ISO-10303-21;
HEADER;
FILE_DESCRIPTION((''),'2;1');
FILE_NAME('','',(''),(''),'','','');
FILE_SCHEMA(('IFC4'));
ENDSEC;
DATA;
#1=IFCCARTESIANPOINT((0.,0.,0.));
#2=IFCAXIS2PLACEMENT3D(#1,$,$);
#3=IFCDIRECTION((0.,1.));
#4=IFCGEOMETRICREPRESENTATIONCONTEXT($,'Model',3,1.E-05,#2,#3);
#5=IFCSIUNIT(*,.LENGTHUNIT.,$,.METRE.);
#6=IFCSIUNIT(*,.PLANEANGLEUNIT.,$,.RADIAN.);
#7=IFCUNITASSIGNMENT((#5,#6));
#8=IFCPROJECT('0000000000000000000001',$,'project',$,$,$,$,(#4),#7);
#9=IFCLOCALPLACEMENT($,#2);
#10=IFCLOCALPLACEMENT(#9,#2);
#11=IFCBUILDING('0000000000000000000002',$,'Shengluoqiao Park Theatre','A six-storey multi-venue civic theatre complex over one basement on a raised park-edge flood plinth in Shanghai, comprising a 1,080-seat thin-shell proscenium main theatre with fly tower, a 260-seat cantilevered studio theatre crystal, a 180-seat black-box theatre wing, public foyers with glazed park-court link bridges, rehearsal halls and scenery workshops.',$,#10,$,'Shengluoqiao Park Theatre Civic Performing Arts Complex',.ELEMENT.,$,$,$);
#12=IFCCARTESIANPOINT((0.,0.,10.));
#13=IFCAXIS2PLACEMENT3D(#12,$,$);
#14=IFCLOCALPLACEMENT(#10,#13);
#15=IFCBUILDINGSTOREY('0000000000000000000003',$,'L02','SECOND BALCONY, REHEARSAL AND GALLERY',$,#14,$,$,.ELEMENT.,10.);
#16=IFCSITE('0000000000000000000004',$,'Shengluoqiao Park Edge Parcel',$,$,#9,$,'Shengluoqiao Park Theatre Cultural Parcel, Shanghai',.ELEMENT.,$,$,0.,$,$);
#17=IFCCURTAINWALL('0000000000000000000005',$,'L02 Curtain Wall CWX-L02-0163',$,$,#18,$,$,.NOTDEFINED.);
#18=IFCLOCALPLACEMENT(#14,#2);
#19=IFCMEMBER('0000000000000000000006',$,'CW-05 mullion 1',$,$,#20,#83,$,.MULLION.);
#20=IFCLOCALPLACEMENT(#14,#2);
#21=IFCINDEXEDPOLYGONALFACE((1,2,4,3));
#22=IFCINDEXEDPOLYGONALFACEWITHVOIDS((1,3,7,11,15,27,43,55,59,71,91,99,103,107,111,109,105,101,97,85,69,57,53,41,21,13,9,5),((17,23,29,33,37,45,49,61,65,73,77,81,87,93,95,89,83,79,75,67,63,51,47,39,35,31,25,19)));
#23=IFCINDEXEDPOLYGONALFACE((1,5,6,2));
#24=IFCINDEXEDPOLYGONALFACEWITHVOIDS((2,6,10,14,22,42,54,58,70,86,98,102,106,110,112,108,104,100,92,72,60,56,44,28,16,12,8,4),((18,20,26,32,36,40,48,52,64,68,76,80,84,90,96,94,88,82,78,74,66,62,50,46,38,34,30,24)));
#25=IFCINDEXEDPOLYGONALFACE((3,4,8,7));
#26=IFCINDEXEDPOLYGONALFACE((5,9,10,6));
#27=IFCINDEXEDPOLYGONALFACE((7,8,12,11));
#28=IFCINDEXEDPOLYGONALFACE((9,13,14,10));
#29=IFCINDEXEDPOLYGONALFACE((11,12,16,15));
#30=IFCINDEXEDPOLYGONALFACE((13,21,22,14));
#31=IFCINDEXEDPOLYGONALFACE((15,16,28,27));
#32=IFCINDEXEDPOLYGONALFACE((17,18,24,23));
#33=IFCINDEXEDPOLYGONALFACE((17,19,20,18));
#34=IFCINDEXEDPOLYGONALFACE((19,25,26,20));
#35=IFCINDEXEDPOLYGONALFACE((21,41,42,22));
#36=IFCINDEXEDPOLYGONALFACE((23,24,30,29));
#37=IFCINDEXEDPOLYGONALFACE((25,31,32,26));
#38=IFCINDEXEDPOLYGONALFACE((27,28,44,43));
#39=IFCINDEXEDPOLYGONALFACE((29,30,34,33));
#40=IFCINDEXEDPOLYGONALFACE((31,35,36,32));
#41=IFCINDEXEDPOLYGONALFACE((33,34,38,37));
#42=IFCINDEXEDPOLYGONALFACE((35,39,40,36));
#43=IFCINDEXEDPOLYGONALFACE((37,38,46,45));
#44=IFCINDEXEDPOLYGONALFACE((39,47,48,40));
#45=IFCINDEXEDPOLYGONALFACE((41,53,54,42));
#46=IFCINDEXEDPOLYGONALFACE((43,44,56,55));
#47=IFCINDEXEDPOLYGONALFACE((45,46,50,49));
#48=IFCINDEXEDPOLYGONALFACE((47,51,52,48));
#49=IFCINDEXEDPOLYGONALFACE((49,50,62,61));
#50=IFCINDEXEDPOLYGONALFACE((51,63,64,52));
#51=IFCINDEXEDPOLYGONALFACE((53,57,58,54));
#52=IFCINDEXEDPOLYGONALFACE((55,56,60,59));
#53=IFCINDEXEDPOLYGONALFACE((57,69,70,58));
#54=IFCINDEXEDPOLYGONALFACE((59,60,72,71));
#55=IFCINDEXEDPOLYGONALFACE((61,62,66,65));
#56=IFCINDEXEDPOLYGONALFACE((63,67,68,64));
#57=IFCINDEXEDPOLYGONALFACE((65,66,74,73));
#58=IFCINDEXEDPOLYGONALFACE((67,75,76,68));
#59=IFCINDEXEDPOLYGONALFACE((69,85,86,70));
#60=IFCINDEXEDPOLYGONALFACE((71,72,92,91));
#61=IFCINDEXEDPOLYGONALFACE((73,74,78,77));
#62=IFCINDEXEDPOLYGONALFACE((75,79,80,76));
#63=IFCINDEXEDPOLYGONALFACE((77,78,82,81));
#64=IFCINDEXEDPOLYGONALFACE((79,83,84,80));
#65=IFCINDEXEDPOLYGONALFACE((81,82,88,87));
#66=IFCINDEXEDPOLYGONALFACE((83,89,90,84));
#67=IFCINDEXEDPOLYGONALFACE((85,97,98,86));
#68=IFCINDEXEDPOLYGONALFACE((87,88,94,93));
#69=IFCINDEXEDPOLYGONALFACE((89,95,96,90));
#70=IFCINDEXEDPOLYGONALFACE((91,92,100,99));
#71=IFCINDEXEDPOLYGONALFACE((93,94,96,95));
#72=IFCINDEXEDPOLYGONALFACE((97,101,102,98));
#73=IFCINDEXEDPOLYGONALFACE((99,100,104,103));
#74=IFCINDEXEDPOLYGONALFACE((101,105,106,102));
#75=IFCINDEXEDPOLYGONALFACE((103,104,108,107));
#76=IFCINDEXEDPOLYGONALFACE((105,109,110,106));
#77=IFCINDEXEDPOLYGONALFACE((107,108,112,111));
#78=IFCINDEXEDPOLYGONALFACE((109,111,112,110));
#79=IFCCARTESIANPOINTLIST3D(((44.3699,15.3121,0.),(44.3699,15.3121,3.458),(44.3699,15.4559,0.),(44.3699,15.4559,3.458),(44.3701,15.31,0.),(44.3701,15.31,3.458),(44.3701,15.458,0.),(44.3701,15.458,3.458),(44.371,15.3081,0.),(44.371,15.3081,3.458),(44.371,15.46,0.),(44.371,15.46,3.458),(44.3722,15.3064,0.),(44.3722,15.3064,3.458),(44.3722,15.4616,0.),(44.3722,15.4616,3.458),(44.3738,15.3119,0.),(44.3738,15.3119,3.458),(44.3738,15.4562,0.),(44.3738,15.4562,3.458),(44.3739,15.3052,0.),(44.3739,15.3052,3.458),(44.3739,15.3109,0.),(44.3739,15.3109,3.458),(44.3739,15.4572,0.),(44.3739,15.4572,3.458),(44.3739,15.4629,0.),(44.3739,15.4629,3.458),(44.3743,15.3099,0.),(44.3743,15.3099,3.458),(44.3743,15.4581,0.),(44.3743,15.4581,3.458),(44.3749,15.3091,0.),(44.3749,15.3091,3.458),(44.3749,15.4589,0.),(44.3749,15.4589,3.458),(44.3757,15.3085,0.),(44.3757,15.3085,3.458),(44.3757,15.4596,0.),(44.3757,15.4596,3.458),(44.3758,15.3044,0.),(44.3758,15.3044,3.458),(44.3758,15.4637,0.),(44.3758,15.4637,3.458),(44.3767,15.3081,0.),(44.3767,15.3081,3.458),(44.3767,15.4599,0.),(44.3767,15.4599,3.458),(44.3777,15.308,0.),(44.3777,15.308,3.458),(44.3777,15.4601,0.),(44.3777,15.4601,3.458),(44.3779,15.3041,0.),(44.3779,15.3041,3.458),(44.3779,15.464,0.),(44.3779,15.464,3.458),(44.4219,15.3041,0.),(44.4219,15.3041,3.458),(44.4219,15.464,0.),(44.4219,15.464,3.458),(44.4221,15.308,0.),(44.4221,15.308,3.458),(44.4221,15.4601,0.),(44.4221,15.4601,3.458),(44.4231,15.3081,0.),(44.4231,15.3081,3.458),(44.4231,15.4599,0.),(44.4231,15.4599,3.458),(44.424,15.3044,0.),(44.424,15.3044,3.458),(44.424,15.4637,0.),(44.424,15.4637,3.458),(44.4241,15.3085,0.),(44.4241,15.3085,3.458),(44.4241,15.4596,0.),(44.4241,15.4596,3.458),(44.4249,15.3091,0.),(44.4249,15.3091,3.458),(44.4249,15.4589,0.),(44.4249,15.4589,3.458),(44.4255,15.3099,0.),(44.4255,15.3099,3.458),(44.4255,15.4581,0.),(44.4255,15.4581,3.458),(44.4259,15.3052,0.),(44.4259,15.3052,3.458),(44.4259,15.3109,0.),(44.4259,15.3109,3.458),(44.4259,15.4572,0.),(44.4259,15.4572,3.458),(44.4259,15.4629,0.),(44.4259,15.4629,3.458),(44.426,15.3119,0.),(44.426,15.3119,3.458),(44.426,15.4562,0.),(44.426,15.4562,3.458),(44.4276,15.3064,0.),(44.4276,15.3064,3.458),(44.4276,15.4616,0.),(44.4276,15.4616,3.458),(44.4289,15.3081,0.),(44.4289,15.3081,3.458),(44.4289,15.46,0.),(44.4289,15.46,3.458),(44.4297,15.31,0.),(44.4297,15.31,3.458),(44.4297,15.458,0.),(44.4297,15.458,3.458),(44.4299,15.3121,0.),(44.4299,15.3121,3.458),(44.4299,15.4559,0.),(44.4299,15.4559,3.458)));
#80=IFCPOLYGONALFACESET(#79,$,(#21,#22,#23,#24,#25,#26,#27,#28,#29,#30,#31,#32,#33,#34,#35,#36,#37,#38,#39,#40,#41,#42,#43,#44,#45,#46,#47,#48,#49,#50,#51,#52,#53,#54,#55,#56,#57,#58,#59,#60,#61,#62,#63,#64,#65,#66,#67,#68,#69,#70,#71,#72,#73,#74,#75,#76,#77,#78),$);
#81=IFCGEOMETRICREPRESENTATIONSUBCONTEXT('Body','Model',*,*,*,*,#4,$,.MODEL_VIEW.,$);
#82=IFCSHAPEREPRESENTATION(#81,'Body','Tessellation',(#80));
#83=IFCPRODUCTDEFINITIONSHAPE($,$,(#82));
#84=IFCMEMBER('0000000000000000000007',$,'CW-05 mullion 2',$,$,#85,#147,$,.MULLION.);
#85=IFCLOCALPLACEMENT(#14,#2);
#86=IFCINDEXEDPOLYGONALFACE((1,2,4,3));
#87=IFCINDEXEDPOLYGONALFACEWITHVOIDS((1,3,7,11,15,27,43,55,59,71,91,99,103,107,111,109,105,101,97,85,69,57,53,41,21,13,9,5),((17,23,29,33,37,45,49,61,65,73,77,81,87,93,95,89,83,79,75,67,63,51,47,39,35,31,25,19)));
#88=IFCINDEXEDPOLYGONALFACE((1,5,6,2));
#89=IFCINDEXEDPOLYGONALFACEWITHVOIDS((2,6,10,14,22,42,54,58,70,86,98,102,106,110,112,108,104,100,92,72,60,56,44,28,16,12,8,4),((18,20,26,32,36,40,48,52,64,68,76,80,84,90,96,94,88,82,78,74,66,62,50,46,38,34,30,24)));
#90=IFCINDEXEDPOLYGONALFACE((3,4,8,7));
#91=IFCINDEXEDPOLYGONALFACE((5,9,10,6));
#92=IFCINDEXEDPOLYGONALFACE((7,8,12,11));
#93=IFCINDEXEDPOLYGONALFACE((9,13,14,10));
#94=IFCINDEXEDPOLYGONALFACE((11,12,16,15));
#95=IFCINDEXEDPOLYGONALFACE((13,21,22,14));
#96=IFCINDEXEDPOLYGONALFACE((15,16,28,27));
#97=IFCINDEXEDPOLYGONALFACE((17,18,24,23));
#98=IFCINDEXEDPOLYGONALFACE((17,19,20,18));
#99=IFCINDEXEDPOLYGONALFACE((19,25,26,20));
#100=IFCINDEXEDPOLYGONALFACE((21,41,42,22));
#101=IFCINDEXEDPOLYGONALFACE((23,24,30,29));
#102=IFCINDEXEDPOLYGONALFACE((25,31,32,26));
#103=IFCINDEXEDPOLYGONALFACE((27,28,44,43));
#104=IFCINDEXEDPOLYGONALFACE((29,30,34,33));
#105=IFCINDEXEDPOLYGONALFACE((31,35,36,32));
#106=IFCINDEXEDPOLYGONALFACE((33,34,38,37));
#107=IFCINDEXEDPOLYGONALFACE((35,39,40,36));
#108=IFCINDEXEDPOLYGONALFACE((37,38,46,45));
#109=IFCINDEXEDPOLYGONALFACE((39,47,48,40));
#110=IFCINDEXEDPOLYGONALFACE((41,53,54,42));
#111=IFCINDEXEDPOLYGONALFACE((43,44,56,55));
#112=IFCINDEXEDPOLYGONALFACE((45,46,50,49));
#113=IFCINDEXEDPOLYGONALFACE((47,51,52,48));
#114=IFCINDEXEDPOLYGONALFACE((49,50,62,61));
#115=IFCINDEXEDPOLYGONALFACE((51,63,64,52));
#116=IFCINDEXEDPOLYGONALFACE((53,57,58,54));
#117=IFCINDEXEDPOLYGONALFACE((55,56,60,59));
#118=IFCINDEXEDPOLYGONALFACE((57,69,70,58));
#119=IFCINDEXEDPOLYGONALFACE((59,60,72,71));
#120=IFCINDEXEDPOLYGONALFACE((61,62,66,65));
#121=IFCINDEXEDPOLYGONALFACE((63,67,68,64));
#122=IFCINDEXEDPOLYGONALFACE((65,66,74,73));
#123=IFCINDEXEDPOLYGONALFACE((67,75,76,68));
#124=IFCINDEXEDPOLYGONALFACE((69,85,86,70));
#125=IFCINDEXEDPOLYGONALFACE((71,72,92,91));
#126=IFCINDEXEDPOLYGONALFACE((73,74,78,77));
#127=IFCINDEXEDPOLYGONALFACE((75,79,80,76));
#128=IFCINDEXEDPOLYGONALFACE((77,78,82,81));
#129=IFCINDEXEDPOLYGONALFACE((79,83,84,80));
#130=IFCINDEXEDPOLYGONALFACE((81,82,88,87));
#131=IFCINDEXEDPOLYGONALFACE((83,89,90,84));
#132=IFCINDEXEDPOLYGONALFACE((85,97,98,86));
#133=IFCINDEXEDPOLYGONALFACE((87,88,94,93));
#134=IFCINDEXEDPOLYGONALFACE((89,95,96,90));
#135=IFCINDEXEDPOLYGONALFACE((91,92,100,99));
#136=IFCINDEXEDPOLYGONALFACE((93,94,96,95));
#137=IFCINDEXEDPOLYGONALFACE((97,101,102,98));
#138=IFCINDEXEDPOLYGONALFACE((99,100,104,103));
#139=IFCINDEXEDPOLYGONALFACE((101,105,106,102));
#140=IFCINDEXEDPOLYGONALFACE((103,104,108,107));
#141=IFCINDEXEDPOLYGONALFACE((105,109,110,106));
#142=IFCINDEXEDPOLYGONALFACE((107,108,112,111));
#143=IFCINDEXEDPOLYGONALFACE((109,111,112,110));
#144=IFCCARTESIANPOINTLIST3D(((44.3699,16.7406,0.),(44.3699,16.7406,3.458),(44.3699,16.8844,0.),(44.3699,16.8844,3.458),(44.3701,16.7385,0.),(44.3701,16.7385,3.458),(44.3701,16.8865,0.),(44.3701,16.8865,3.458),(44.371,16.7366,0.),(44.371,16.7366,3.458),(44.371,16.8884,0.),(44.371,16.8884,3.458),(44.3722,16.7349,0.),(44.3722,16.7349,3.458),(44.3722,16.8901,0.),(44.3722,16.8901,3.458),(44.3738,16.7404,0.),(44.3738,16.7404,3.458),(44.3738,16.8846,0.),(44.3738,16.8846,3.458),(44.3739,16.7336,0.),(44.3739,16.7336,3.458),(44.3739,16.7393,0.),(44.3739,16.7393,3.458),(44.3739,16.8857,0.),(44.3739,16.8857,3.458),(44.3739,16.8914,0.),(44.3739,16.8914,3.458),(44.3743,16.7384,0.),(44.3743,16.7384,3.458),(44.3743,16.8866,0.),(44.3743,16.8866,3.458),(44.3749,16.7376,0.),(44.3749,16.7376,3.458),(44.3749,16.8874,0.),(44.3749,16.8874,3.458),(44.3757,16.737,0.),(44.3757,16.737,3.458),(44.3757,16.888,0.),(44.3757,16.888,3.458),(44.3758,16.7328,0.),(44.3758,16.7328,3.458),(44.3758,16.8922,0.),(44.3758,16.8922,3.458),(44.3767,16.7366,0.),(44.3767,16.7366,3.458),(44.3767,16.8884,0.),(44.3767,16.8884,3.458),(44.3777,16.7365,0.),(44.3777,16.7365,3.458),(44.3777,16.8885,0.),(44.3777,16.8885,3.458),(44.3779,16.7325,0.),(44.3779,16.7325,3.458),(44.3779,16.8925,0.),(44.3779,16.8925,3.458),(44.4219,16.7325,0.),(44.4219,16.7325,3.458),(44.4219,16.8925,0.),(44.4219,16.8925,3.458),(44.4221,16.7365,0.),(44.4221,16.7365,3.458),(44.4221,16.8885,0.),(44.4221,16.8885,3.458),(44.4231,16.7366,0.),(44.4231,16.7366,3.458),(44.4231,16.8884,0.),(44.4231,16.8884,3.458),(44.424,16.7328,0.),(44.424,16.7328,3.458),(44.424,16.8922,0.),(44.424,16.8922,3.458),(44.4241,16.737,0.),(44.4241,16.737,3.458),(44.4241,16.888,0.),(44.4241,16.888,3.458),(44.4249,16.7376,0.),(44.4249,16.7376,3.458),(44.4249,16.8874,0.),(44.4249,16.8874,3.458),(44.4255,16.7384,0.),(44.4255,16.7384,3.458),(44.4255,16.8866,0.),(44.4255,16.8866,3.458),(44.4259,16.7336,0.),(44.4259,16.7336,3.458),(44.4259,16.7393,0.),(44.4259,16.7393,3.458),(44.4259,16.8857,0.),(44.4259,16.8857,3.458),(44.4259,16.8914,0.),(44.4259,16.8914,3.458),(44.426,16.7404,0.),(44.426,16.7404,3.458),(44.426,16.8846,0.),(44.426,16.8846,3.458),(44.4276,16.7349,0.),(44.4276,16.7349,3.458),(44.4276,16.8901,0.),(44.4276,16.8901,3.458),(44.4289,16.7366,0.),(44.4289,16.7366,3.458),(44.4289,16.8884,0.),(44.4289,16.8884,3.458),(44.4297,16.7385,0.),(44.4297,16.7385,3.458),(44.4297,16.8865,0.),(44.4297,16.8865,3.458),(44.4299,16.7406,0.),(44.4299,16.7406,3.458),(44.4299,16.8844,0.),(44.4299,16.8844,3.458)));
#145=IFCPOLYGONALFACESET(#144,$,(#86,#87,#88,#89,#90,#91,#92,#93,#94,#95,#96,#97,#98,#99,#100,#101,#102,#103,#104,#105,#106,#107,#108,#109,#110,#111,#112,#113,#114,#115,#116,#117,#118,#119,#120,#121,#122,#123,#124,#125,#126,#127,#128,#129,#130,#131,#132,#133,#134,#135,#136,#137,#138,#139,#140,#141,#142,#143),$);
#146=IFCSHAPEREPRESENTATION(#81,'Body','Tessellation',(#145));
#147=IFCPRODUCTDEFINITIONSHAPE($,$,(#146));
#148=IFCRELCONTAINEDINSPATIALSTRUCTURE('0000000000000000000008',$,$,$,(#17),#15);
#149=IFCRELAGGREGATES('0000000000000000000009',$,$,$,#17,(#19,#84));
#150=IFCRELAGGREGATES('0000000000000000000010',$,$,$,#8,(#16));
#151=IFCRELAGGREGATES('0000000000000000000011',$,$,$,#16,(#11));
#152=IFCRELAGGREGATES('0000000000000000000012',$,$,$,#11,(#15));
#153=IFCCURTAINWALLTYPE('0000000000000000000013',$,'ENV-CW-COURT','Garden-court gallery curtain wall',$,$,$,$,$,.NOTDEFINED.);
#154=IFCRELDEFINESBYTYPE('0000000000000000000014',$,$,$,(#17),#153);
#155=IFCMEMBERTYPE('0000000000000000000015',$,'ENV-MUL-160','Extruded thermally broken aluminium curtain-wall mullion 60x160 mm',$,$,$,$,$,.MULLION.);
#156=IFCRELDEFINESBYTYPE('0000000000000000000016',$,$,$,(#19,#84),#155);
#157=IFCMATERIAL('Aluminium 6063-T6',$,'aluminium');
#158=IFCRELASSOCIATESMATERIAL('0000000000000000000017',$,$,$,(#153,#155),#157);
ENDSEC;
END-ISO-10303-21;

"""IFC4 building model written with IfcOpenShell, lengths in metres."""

from ifc_helpers import new_model, si_unit, direction, frame, origin, origin_2d, place, context, subcontext, project, spatial, hollow_rectangle, extrude, material, material_profile, profile_set, type_object, element, aggregate, save


model = new_model("IFC4")

# Units and contexts
model_context = context("Model", 3, precision=1e-05, world=origin(), true_north=direction((0.0, 1.0)))
body_context = subcontext(model_context, "Body", "Model", "MODEL_VIEW")
ifc_project = project(units=[si_unit("LENGTHUNIT", "METRE"), si_unit("PLANEANGLEUNIT", "RADIAN")], contexts=[model_context])

# Site, building, storey
site_placement = place(None, origin())
site = spatial("IfcSite", under=ifc_project, at=site_placement, Name="Shengluoqiao Park Edge Parcel", LongName="Shengluoqiao Park Theatre Cultural Parcel, Shanghai", CompositionType="ELEMENT", RefElevation=0.0)
building_placement = place(site_placement, origin())
building = spatial("IfcBuilding", under=site, at=building_placement, Name="Shengluoqiao Park Theatre", Description="A six-storey multi-venue civic theatre complex over one basement on a raised park-edge flood plinth in Shanghai, comprising a 1,080-seat thin-shell proscenium main theatre with fly tower, a 260-seat cantilevered studio theatre crystal, a 180-seat black-box theatre wing, public foyers with glazed park-court link bridges, rehearsal halls and scenery workshops.", LongName="Shengluoqiao Park Theatre Civic Performing Arts Complex", CompositionType="ELEMENT")
storey_placement = place(building_placement, frame((0.0, 0.0, 10.0)))
storey = spatial("IfcBuildingStorey", under=building, at=storey_placement, Name="L02", Description="SECOND BALCONY, REHEARSAL AND GALLERY", CompositionType="ELEMENT", Elevation=10.0)

# Shared definitions
ifc_material_1 = material(Name="Aluminium 6063-T6", Category="aluminium")
curtain_wall_type = type_object("IfcCurtainWallType", Name="ENV-CW-COURT", Description="Garden-court gallery curtain wall", PredefinedType="NOTDEFINED", material=ifc_material_1)
ifc_material_profile_1 = material_profile(ifc_material_1, hollow_rectangle(XDim=0.0601, YDim=0.1599, WallThickness=0.0039, InnerFilletRadius=0.0039, OuterFilletRadius=0.0081, at=origin_2d()), Name="ALU MULLION 160x60x4")
ifc_profile_set_1 = profile_set([ifc_material_profile_1], Name="Aluminium 6063-T6")
member_type_1 = type_object("IfcMemberType", Name="ENV-MUL-160", Description="Extruded thermally broken aluminium curtain-wall mullion 60x160 mm", PredefinedType="MULLION", material=ifc_profile_set_1)

# Curtain wall, members
curtain_wall_1_placement = place(storey_placement, origin())
curtain_wall_1 = element("IfcCurtainWall", 1, at=curtain_wall_1_placement, inside=storey, type_object=curtain_wall_type, Name="L02 Curtain Wall CWX-L02-0163", PredefinedType="NOTDEFINED")
member_1_placement = place(storey_placement, frame((44.3999, 15.384, 0.0), z_axis=(0.0, 0.0, 1.0), x_axis=(-1.0, 0.0, 0.0)))
member_1 = element("IfcMember", 2, at=member_1_placement, type_object=member_type_1, Name="CW-05 mullion 1", PredefinedType="MULLION", context=body_context, shape_type="SweptSolid", body=[
    extrude(hollow_rectangle(XDim=0.0601, YDim=0.1599, WallThickness=0.0039, InnerFilletRadius=0.0039, OuterFilletRadius=0.0081, at=origin_2d()), origin(), (0.0, 0.0, 1.0), 3.458),
])
member_2_placement = place(storey_placement, frame((44.3999, 16.8125, 0.0), z_axis=(0.0, 0.0, 1.0), x_axis=(-1.0, 0.0, 0.0)))
member_2 = element("IfcMember", 3, at=member_2_placement, type_object=member_type_1, Name="CW-05 mullion 2", PredefinedType="MULLION", context=body_context, shape_type="SweptSolid", body=[
    extrude(hollow_rectangle(XDim=0.0601, YDim=0.1599, WallThickness=0.0039, InnerFilletRadius=0.0039, OuterFilletRadius=0.0081, at=origin_2d()), origin(), (0.0, 0.0, 1.0), 3.458),
])

aggregate(curtain_wall_1, [member_1, member_2])

save(model, "model.ifc")
